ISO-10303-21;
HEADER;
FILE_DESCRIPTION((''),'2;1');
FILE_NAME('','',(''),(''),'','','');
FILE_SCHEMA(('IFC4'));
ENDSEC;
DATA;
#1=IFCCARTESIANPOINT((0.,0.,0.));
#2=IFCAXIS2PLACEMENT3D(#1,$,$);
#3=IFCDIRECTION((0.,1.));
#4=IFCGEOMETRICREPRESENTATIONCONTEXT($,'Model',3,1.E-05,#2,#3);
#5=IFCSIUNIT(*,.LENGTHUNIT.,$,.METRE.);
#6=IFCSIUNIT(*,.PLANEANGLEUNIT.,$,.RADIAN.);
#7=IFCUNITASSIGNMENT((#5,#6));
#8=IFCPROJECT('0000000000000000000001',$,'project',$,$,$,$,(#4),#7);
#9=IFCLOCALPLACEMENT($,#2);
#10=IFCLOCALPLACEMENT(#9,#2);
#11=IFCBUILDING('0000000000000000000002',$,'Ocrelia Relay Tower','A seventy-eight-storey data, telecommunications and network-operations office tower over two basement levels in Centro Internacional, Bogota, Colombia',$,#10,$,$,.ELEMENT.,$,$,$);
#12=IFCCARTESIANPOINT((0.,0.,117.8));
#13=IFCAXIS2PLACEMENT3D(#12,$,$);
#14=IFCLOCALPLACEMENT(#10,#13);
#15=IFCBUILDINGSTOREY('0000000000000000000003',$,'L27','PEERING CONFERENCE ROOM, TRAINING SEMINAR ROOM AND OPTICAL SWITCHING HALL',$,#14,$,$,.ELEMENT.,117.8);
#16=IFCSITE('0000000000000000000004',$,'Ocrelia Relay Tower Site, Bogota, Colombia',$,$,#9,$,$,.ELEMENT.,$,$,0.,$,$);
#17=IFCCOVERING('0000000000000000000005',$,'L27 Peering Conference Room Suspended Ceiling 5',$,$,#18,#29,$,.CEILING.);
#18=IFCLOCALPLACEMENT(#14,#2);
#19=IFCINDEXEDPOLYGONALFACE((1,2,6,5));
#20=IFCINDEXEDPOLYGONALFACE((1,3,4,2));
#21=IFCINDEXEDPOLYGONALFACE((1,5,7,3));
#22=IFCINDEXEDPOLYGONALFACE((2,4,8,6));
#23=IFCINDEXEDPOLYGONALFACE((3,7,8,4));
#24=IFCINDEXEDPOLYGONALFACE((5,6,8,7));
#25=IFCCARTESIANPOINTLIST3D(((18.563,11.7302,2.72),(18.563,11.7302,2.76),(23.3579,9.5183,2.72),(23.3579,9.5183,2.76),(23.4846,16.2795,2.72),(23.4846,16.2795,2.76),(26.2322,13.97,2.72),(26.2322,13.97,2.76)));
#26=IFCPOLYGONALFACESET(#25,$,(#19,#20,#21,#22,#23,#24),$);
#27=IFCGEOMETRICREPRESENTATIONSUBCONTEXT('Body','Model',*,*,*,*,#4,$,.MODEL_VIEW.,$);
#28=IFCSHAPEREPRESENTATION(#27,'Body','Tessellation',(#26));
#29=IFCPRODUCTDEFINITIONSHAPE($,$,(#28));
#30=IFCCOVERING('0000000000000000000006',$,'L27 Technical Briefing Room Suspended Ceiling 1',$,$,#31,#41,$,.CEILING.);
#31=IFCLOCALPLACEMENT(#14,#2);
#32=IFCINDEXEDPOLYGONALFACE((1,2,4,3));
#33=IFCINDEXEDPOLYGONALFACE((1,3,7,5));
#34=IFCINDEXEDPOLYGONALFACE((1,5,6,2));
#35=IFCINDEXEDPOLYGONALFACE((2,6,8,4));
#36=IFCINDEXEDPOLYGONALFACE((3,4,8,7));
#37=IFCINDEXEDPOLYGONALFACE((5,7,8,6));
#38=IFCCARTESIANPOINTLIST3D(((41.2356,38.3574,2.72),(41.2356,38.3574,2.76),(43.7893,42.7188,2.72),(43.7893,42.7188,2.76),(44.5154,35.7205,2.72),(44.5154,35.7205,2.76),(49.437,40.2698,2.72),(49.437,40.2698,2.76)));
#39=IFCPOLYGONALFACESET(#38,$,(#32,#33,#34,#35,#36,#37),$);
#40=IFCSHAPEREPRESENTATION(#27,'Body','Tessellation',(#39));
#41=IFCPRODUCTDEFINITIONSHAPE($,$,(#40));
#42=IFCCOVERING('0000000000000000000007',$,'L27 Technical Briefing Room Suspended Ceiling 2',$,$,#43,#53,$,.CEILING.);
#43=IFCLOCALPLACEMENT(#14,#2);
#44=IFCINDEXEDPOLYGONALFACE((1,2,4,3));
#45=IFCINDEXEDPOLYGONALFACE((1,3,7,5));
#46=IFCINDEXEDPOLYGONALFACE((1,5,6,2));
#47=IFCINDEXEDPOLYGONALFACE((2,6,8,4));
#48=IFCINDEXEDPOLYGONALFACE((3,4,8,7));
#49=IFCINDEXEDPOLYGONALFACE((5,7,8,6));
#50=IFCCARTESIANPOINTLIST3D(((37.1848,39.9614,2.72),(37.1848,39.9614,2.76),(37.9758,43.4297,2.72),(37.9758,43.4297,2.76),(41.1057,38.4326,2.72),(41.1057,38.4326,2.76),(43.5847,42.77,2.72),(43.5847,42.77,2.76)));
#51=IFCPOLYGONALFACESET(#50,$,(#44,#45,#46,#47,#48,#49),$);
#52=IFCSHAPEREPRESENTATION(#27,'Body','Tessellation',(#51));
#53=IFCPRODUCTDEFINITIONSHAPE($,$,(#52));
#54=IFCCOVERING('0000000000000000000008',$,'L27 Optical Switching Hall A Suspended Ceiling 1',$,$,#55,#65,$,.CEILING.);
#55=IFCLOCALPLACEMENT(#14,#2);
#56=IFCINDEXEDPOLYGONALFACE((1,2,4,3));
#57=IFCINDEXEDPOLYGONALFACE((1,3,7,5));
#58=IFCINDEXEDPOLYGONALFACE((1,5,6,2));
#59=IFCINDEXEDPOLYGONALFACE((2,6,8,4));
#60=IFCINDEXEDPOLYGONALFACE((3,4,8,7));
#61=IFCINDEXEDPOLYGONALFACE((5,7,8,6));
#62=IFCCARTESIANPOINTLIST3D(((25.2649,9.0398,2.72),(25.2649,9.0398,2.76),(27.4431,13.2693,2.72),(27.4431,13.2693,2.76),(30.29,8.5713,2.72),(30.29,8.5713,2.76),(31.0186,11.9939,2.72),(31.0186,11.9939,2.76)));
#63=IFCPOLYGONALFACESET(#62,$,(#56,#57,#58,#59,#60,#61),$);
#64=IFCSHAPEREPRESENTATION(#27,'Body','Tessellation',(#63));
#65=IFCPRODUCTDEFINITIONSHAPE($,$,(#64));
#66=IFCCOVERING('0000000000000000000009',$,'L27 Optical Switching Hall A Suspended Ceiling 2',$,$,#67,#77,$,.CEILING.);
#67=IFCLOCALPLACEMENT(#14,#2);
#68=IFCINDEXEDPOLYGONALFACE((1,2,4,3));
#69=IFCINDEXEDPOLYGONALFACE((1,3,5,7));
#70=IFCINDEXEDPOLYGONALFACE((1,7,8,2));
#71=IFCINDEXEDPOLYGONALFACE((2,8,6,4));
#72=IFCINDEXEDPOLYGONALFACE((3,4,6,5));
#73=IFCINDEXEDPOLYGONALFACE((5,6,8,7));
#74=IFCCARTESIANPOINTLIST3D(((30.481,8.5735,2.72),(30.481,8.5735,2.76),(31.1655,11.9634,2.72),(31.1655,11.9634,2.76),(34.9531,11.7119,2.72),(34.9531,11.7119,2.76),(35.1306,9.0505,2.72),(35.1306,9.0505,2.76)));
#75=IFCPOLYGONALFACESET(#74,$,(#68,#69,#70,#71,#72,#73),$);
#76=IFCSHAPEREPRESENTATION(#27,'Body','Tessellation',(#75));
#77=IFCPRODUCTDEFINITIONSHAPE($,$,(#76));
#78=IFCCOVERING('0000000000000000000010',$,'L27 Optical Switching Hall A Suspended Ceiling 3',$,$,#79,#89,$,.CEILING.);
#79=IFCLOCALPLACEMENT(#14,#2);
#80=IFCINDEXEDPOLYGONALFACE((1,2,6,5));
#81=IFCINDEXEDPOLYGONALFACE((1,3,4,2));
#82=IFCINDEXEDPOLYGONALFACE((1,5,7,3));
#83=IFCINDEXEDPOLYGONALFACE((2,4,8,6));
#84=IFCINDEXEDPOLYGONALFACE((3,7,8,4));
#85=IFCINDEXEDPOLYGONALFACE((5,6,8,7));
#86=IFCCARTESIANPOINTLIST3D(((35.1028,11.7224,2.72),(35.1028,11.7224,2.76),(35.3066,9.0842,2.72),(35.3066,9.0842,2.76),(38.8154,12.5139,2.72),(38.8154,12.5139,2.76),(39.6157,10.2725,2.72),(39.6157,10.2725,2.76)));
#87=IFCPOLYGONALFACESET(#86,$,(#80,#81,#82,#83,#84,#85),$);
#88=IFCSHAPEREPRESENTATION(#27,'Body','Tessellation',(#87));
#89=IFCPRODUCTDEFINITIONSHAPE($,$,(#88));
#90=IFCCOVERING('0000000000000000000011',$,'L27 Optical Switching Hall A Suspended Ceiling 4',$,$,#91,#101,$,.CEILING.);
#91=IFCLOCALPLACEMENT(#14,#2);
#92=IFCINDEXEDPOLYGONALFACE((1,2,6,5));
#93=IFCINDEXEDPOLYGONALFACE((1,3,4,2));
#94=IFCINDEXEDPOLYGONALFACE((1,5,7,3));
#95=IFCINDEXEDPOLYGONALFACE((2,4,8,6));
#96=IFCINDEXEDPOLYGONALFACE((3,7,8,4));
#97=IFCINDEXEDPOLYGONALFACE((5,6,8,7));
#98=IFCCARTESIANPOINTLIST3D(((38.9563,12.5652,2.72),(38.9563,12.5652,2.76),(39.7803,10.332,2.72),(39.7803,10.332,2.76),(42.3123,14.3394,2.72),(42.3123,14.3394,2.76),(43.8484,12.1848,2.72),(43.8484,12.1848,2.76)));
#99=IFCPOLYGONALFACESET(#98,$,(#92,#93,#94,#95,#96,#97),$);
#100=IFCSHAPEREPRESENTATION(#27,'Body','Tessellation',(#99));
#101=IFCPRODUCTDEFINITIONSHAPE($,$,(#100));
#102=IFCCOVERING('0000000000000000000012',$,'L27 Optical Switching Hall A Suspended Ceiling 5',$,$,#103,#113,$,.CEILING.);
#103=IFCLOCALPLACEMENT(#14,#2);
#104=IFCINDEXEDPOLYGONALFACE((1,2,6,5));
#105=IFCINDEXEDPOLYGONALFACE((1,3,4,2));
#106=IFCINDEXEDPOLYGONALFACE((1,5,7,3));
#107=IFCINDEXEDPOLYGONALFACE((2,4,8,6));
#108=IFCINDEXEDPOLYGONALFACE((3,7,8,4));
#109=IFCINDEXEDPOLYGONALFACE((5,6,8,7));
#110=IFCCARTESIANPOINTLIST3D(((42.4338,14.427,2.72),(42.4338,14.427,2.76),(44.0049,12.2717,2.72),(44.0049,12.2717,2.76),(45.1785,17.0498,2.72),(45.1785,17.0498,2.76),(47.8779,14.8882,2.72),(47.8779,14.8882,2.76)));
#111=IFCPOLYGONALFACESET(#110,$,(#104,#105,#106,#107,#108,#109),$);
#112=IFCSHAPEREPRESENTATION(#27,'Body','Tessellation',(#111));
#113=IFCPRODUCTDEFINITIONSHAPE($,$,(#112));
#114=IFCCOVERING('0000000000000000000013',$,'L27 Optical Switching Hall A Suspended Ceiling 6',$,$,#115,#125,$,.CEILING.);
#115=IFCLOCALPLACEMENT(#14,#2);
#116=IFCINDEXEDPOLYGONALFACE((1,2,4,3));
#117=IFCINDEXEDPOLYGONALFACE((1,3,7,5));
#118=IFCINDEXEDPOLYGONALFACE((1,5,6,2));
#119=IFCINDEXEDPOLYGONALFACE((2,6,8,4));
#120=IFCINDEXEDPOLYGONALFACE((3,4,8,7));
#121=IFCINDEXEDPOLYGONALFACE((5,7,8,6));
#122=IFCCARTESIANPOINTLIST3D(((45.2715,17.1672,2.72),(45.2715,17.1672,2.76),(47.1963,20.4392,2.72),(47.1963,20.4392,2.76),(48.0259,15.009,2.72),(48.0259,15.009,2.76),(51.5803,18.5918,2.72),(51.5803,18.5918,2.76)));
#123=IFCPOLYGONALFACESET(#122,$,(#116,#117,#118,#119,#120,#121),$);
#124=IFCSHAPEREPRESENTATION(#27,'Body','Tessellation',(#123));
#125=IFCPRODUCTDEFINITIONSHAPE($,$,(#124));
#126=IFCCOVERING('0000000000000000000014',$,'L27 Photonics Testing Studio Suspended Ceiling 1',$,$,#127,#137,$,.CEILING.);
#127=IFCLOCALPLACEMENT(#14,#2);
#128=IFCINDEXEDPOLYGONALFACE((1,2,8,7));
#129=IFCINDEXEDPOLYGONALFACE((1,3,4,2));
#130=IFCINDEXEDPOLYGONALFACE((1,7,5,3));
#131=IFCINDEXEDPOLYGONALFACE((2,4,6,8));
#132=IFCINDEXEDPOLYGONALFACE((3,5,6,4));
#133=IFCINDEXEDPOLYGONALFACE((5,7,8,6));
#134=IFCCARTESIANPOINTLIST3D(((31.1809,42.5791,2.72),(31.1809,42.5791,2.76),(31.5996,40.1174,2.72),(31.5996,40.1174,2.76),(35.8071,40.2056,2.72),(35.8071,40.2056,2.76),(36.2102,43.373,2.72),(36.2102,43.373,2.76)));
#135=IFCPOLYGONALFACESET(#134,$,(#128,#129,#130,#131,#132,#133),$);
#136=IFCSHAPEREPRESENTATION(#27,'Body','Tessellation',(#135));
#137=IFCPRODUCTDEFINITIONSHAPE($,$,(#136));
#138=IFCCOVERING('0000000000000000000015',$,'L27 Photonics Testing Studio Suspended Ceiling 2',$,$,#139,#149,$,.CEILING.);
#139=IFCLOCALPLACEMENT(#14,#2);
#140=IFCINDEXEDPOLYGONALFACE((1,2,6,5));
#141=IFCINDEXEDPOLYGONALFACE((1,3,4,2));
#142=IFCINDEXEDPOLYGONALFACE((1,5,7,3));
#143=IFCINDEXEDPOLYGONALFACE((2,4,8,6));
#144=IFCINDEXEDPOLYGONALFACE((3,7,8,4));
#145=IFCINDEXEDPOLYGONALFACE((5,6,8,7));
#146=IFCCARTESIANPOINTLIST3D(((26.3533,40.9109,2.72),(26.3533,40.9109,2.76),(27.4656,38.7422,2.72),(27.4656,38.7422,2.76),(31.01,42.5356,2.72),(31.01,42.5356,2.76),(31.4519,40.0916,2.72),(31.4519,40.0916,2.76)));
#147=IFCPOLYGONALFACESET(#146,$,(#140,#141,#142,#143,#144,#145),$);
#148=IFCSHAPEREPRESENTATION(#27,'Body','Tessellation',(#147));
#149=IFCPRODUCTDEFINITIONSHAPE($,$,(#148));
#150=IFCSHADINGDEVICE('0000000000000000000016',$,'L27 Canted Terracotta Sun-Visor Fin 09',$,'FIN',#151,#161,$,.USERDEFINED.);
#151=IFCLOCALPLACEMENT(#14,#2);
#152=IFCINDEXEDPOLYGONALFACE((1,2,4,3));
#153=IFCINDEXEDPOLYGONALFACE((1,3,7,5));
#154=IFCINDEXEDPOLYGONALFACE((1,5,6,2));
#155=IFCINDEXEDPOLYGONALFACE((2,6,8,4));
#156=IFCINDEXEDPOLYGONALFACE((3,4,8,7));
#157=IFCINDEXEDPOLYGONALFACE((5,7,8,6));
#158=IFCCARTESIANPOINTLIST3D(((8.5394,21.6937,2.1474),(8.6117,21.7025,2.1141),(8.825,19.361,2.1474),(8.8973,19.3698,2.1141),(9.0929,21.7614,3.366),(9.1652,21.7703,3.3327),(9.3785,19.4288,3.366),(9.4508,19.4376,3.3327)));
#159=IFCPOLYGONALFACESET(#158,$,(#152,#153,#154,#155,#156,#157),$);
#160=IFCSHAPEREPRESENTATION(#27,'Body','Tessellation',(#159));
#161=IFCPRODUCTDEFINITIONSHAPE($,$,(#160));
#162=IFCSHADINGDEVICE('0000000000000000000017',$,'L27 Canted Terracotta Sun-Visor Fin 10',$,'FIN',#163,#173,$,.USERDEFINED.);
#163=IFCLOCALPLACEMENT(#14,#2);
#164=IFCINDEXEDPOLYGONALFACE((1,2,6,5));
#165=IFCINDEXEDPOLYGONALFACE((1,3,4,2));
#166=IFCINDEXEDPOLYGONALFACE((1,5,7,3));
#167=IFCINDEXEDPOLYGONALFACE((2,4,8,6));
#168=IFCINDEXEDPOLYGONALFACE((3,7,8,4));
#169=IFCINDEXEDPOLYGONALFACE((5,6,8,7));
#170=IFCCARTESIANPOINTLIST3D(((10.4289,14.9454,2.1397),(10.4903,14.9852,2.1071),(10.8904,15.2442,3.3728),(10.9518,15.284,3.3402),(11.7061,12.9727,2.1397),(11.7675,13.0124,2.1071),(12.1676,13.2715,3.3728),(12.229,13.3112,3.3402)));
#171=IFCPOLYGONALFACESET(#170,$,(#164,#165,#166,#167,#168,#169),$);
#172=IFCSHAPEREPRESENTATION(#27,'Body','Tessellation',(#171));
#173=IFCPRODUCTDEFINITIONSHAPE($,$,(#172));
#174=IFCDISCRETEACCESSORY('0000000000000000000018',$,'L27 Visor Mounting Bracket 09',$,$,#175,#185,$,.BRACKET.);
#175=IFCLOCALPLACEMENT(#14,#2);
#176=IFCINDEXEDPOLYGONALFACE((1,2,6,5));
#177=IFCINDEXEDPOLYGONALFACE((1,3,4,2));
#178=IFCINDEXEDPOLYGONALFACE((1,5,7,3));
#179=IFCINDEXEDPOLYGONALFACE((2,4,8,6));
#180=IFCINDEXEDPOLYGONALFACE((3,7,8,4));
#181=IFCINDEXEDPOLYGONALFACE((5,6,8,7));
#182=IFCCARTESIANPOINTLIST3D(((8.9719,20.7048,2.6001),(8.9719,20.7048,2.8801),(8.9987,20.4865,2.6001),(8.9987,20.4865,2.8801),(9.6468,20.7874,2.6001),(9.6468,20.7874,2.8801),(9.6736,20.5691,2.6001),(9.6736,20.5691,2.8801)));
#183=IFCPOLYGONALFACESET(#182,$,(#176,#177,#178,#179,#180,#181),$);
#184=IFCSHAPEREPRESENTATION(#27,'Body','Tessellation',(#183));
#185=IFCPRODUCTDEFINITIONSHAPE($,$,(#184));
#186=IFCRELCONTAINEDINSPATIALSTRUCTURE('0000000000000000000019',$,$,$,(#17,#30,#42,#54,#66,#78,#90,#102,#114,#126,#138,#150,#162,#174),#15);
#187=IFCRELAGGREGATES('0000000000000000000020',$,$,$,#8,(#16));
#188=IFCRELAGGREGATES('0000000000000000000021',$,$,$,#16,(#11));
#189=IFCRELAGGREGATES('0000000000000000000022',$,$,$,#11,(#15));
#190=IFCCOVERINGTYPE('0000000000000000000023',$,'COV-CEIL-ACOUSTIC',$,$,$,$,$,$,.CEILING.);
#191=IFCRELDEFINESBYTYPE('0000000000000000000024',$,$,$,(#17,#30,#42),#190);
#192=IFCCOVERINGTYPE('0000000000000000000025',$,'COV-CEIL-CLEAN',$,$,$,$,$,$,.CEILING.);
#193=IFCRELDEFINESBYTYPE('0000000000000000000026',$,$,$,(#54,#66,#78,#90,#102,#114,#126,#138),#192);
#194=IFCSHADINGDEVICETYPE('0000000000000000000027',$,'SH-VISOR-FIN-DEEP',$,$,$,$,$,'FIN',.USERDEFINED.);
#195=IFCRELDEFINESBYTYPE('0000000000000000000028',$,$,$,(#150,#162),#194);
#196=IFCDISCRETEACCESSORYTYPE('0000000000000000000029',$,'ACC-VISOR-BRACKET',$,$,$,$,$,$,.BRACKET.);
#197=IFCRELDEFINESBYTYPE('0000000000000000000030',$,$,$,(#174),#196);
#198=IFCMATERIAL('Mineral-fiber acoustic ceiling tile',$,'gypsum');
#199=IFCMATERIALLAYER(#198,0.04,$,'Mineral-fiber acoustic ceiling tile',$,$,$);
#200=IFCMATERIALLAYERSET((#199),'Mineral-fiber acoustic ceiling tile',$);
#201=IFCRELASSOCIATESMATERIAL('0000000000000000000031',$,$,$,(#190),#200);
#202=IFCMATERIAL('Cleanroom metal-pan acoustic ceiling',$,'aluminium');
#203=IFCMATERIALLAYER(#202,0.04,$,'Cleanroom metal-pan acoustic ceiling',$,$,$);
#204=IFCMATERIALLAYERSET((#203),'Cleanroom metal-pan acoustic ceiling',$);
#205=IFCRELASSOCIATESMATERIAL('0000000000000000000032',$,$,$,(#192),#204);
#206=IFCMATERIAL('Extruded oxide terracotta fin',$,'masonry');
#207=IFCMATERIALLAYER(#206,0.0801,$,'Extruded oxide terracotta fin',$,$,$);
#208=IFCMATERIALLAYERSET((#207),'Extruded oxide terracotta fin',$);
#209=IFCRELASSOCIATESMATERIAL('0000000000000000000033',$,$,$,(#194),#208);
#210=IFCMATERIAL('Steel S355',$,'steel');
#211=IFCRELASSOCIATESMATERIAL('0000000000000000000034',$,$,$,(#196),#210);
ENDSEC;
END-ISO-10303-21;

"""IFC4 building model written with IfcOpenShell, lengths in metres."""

from ifc_helpers import new_model, si_unit, direction, frame, origin, origin_2d, place, context, subcontext, project, spatial, polyline, rectangle, outline, extrude, material, layer, layer_set, type_object, element, save


model = new_model("IFC4")

# Units and contexts
model_context = context("Model", 3, precision=1e-05, world=origin(), true_north=direction((0.0, 1.0)))
body_context = subcontext(model_context, "Body", "Model", "MODEL_VIEW")
ifc_project = project(units=[si_unit("LENGTHUNIT", "METRE"), si_unit("PLANEANGLEUNIT", "RADIAN")], contexts=[model_context])

# Site, building, storey
site_placement = place(None, origin())
site = spatial("IfcSite", under=ifc_project, at=site_placement, Name="Ocrelia Relay Tower Site, Bogota, Colombia", CompositionType="ELEMENT", RefElevation=0.0)
building_placement = place(site_placement, origin())
building = spatial("IfcBuilding", under=site, at=building_placement, Name="Ocrelia Relay Tower", Description="A seventy-eight-storey data, telecommunications and network-operations office tower over two basement levels in Centro Internacional, Bogota, Colombia", CompositionType="ELEMENT")
storey_placement = place(building_placement, frame((0.0, 0.0, 117.8)))
storey = spatial("IfcBuildingStorey", under=building, at=storey_placement, Name="L27", Description="PEERING CONFERENCE ROOM, TRAINING SEMINAR ROOM AND OPTICAL SWITCHING HALL", CompositionType="ELEMENT", Elevation=117.8)

# Coverings
ifc_material_1 = material(Name="Mineral-fiber acoustic ceiling tile", Category="gypsum")
ifc_layer_1 = layer(ifc_material_1, 0.04, Name="Mineral-fiber acoustic ceiling tile")
ifc_layer_set_1 = layer_set([ifc_layer_1], Name="Mineral-fiber acoustic ceiling tile")
covering_type_1 = type_object("IfcCoveringType", Name="COV-CEIL-ACOUSTIC", PredefinedType="CEILING", material=ifc_layer_set_1)
covering_1_placement = place(storey_placement, frame((0.0, 0.0, 2.72)))
element("IfcCovering", 1, at=covering_1_placement, inside=storey, type_object=covering_type_1, Name="L27 Peering Conference Room Suspended Ceiling 5", PredefinedType="CEILING", context=body_context, shape_type="SweptSolid", body=[
    extrude(outline(polyline([(23.4846, 16.2795), (18.563, 11.7302), (23.3579, 9.5183), (26.2322, 13.97), (23.4846, 16.2795)])), origin(), (0.0, 0.0, 1.0), 0.04),
])
covering_2_placement = place(storey_placement, frame((0.0, 0.0, 2.72)))
element("IfcCovering", 2, at=covering_2_placement, inside=storey, type_object=covering_type_1, Name="L27 Technical Briefing Room Suspended Ceiling 1", PredefinedType="CEILING", context=body_context, shape_type="SweptSolid", body=[
    extrude(outline(polyline([(44.5154, 35.7205), (49.437, 40.2698), (43.7893, 42.7188), (41.2356, 38.3574), (44.5154, 35.7205)])), origin(), (0.0, 0.0, 1.0), 0.04),
])
covering_3_placement = place(storey_placement, frame((0.0, 0.0, 2.72)))
element("IfcCovering", 3, at=covering_3_placement, inside=storey, type_object=covering_type_1, Name="L27 Technical Briefing Room Suspended Ceiling 2", PredefinedType="CEILING", context=body_context, shape_type="SweptSolid", body=[
    extrude(outline(polyline([(41.1057, 38.4326), (43.5847, 42.77), (37.9758, 43.4297), (37.1848, 39.9614), (41.1057, 38.4326)])), origin(), (0.0, 0.0, 1.0), 0.04),
])
ifc_material_2 = material(Name="Cleanroom metal-pan acoustic ceiling", Category="aluminium")
ifc_layer_2 = layer(ifc_material_2, 0.04, Name="Cleanroom metal-pan acoustic ceiling")
ifc_layer_set_2 = layer_set([ifc_layer_2], Name="Cleanroom metal-pan acoustic ceiling")
covering_type_2 = type_object("IfcCoveringType", Name="COV-CEIL-CLEAN", PredefinedType="CEILING", material=ifc_layer_set_2)
covering_4_placement = place(storey_placement, frame((0.0, 0.0, 2.72)))
element("IfcCovering", 4, at=covering_4_placement, inside=storey, type_object=covering_type_2, Name="L27 Optical Switching Hall A Suspended Ceiling 1", PredefinedType="CEILING", context=body_context, shape_type="SweptSolid", body=[
    extrude(outline(polyline([(27.4431, 13.2693), (25.2649, 9.0398), (30.29, 8.5713), (31.0186, 11.9939), (27.4431, 13.2693)])), origin(), (0.0, 0.0, 1.0), 0.04),
])
covering_5_placement = place(storey_placement, frame((0.0, 0.0, 2.72)))
element("IfcCovering", 5, at=covering_5_placement, inside=storey, type_object=covering_type_2, Name="L27 Optical Switching Hall A Suspended Ceiling 2", PredefinedType="CEILING", context=body_context, shape_type="SweptSolid", body=[
    extrude(outline(polyline([(31.1655, 11.9634), (30.481, 8.5735), (35.1306, 9.0505), (34.9531, 11.7119), (31.1655, 11.9634)])), origin(), (0.0, 0.0, 1.0), 0.04),
])
covering_6_placement = place(storey_placement, frame((0.0, 0.0, 2.72)))
element("IfcCovering", 6, at=covering_6_placement, inside=storey, type_object=covering_type_2, Name="L27 Optical Switching Hall A Suspended Ceiling 3", PredefinedType="CEILING", context=body_context, shape_type="SweptSolid", body=[
    extrude(outline(polyline([(35.1028, 11.7224), (35.3066, 9.0842), (39.6157, 10.2725), (38.8154, 12.5139), (35.1028, 11.7224)])), origin(), (0.0, 0.0, 1.0), 0.04),
])
covering_7_placement = place(storey_placement, frame((0.0, 0.0, 2.72)))
element("IfcCovering", 7, at=covering_7_placement, inside=storey, type_object=covering_type_2, Name="L27 Optical Switching Hall A Suspended Ceiling 4", PredefinedType="CEILING", context=body_context, shape_type="SweptSolid", body=[
    extrude(outline(polyline([(38.9563, 12.5652), (39.7803, 10.332), (43.8484, 12.1848), (42.3123, 14.3394), (38.9563, 12.5652)])), origin(), (0.0, 0.0, 1.0), 0.04),
])
covering_8_placement = place(storey_placement, frame((0.0, 0.0, 2.72)))
element("IfcCovering", 8, at=covering_8_placement, inside=storey, type_object=covering_type_2, Name="L27 Optical Switching Hall A Suspended Ceiling 5", PredefinedType="CEILING", context=body_context, shape_type="SweptSolid", body=[
    extrude(outline(polyline([(42.4338, 14.427), (44.0049, 12.2717), (47.8779, 14.8882), (45.1785, 17.0498), (42.4338, 14.427)])), origin(), (0.0, 0.0, 1.0), 0.04),
])
covering_9_placement = place(storey_placement, frame((0.0, 0.0, 2.72)))
element("IfcCovering", 9, at=covering_9_placement, inside=storey, type_object=covering_type_2, Name="L27 Optical Switching Hall A Suspended Ceiling 6", PredefinedType="CEILING", context=body_context, shape_type="SweptSolid", body=[
    extrude(outline(polyline([(45.2715, 17.1672), (48.0259, 15.009), (51.5803, 18.5918), (47.1963, 20.4392), (45.2715, 17.1672)])), origin(), (0.0, 0.0, 1.0), 0.04),
])
covering_10_placement = place(storey_placement, frame((0.0, 0.0, 2.72)))
element("IfcCovering", 10, at=covering_10_placement, inside=storey, type_object=covering_type_2, Name="L27 Photonics Testing Studio Suspended Ceiling 1", PredefinedType="CEILING", context=body_context, shape_type="SweptSolid", body=[
    extrude(outline(polyline([(35.8071, 40.2056), (36.2102, 43.373), (31.1809, 42.5791), (31.5996, 40.1174), (35.8071, 40.2056)])), origin(), (0.0, 0.0, 1.0), 0.04),
])
covering_11_placement = place(storey_placement, frame((0.0, 0.0, 2.72)))
element("IfcCovering", 11, at=covering_11_placement, inside=storey, type_object=covering_type_2, Name="L27 Photonics Testing Studio Suspended Ceiling 2", PredefinedType="CEILING", context=body_context, shape_type="SweptSolid", body=[
    extrude(outline(polyline([(31.4519, 40.0916), (31.01, 42.5356), (26.3533, 40.9109), (27.4656, 38.7422), (31.4519, 40.0916)])), origin(), (0.0, 0.0, 1.0), 0.04),
])

# Shading devices
ifc_material_3 = material(Name="Extruded oxide terracotta fin", Category="masonry")
ifc_layer_3 = layer(ifc_material_3, 0.0801, Name="Extruded oxide terracotta fin")
ifc_layer_set_3 = layer_set([ifc_layer_3], Name="Extruded oxide terracotta fin")
shading_device_type = type_object("IfcShadingDeviceType", Name="SH-VISOR-FIN-DEEP", ElementType="FIN", PredefinedType="USERDEFINED", material=ifc_layer_set_3)
shading_device_1_placement = place(storey_placement, frame((9.0312, 20.5701, 2.7234), z_axis=(-0.902569, -0.110506, 0.416122), x_axis=(0.121528, -0.992588, 0.0)))
element("IfcShadingDevice", 12, at=shading_device_1_placement, inside=storey, type_object=shading_device_type, Name="L27 Canted Terracotta Sun-Visor Fin 09", ObjectType="FIN", PredefinedType="USERDEFINED", context=body_context, shape_type="SweptSolid", body=[
    extrude(rectangle(XDim=2.3501, YDim=1.3401, at=origin_2d()), origin(), (0.0, 0.0, 1.0), 0.0801),
])
shading_device_2_placement = place(storey_placement, frame((11.3596, 14.1482, 2.7236), z_axis=(-0.766686, -0.496356, 0.407215), x_axis=(0.543456, -0.839438, 0.0)))
element("IfcShadingDevice", 13, at=shading_device_2_placement, inside=storey, type_object=shading_device_type, Name="L27 Canted Terracotta Sun-Visor Fin 10", ObjectType="FIN", PredefinedType="USERDEFINED", context=body_context, shape_type="SweptSolid", body=[
    extrude(rectangle(XDim=2.3501, YDim=1.3501, at=origin_2d()), origin(), (0.0, 0.0, 1.0), 0.0801),
])

# Discrete accessory
ifc_material_4 = material(Name="Steel S355", Category="steel")
discrete_accessory_type = type_object("IfcDiscreteAccessoryType", Name="ACC-VISOR-BRACKET", PredefinedType="BRACKET", material=ifc_material_4)
discrete_accessory_placement = place(storey_placement, frame((9.3228, 20.637, 2.6001), z_axis=(0.0, 0.0, 1.0), x_axis=(0.121528, -0.992588, 0.0)))
element("IfcDiscreteAccessory", 14, at=discrete_accessory_placement, inside=storey, type_object=discrete_accessory_type, Name="L27 Visor Mounting Bracket 09", PredefinedType="BRACKET", context=body_context, shape_type="SweptSolid", body=[
    extrude(rectangle(XDim=0.22, YDim=0.6799, at=origin_2d()), origin(), (0.0, 0.0, 1.0), 0.28),
])

save(model, "model.ifc")
